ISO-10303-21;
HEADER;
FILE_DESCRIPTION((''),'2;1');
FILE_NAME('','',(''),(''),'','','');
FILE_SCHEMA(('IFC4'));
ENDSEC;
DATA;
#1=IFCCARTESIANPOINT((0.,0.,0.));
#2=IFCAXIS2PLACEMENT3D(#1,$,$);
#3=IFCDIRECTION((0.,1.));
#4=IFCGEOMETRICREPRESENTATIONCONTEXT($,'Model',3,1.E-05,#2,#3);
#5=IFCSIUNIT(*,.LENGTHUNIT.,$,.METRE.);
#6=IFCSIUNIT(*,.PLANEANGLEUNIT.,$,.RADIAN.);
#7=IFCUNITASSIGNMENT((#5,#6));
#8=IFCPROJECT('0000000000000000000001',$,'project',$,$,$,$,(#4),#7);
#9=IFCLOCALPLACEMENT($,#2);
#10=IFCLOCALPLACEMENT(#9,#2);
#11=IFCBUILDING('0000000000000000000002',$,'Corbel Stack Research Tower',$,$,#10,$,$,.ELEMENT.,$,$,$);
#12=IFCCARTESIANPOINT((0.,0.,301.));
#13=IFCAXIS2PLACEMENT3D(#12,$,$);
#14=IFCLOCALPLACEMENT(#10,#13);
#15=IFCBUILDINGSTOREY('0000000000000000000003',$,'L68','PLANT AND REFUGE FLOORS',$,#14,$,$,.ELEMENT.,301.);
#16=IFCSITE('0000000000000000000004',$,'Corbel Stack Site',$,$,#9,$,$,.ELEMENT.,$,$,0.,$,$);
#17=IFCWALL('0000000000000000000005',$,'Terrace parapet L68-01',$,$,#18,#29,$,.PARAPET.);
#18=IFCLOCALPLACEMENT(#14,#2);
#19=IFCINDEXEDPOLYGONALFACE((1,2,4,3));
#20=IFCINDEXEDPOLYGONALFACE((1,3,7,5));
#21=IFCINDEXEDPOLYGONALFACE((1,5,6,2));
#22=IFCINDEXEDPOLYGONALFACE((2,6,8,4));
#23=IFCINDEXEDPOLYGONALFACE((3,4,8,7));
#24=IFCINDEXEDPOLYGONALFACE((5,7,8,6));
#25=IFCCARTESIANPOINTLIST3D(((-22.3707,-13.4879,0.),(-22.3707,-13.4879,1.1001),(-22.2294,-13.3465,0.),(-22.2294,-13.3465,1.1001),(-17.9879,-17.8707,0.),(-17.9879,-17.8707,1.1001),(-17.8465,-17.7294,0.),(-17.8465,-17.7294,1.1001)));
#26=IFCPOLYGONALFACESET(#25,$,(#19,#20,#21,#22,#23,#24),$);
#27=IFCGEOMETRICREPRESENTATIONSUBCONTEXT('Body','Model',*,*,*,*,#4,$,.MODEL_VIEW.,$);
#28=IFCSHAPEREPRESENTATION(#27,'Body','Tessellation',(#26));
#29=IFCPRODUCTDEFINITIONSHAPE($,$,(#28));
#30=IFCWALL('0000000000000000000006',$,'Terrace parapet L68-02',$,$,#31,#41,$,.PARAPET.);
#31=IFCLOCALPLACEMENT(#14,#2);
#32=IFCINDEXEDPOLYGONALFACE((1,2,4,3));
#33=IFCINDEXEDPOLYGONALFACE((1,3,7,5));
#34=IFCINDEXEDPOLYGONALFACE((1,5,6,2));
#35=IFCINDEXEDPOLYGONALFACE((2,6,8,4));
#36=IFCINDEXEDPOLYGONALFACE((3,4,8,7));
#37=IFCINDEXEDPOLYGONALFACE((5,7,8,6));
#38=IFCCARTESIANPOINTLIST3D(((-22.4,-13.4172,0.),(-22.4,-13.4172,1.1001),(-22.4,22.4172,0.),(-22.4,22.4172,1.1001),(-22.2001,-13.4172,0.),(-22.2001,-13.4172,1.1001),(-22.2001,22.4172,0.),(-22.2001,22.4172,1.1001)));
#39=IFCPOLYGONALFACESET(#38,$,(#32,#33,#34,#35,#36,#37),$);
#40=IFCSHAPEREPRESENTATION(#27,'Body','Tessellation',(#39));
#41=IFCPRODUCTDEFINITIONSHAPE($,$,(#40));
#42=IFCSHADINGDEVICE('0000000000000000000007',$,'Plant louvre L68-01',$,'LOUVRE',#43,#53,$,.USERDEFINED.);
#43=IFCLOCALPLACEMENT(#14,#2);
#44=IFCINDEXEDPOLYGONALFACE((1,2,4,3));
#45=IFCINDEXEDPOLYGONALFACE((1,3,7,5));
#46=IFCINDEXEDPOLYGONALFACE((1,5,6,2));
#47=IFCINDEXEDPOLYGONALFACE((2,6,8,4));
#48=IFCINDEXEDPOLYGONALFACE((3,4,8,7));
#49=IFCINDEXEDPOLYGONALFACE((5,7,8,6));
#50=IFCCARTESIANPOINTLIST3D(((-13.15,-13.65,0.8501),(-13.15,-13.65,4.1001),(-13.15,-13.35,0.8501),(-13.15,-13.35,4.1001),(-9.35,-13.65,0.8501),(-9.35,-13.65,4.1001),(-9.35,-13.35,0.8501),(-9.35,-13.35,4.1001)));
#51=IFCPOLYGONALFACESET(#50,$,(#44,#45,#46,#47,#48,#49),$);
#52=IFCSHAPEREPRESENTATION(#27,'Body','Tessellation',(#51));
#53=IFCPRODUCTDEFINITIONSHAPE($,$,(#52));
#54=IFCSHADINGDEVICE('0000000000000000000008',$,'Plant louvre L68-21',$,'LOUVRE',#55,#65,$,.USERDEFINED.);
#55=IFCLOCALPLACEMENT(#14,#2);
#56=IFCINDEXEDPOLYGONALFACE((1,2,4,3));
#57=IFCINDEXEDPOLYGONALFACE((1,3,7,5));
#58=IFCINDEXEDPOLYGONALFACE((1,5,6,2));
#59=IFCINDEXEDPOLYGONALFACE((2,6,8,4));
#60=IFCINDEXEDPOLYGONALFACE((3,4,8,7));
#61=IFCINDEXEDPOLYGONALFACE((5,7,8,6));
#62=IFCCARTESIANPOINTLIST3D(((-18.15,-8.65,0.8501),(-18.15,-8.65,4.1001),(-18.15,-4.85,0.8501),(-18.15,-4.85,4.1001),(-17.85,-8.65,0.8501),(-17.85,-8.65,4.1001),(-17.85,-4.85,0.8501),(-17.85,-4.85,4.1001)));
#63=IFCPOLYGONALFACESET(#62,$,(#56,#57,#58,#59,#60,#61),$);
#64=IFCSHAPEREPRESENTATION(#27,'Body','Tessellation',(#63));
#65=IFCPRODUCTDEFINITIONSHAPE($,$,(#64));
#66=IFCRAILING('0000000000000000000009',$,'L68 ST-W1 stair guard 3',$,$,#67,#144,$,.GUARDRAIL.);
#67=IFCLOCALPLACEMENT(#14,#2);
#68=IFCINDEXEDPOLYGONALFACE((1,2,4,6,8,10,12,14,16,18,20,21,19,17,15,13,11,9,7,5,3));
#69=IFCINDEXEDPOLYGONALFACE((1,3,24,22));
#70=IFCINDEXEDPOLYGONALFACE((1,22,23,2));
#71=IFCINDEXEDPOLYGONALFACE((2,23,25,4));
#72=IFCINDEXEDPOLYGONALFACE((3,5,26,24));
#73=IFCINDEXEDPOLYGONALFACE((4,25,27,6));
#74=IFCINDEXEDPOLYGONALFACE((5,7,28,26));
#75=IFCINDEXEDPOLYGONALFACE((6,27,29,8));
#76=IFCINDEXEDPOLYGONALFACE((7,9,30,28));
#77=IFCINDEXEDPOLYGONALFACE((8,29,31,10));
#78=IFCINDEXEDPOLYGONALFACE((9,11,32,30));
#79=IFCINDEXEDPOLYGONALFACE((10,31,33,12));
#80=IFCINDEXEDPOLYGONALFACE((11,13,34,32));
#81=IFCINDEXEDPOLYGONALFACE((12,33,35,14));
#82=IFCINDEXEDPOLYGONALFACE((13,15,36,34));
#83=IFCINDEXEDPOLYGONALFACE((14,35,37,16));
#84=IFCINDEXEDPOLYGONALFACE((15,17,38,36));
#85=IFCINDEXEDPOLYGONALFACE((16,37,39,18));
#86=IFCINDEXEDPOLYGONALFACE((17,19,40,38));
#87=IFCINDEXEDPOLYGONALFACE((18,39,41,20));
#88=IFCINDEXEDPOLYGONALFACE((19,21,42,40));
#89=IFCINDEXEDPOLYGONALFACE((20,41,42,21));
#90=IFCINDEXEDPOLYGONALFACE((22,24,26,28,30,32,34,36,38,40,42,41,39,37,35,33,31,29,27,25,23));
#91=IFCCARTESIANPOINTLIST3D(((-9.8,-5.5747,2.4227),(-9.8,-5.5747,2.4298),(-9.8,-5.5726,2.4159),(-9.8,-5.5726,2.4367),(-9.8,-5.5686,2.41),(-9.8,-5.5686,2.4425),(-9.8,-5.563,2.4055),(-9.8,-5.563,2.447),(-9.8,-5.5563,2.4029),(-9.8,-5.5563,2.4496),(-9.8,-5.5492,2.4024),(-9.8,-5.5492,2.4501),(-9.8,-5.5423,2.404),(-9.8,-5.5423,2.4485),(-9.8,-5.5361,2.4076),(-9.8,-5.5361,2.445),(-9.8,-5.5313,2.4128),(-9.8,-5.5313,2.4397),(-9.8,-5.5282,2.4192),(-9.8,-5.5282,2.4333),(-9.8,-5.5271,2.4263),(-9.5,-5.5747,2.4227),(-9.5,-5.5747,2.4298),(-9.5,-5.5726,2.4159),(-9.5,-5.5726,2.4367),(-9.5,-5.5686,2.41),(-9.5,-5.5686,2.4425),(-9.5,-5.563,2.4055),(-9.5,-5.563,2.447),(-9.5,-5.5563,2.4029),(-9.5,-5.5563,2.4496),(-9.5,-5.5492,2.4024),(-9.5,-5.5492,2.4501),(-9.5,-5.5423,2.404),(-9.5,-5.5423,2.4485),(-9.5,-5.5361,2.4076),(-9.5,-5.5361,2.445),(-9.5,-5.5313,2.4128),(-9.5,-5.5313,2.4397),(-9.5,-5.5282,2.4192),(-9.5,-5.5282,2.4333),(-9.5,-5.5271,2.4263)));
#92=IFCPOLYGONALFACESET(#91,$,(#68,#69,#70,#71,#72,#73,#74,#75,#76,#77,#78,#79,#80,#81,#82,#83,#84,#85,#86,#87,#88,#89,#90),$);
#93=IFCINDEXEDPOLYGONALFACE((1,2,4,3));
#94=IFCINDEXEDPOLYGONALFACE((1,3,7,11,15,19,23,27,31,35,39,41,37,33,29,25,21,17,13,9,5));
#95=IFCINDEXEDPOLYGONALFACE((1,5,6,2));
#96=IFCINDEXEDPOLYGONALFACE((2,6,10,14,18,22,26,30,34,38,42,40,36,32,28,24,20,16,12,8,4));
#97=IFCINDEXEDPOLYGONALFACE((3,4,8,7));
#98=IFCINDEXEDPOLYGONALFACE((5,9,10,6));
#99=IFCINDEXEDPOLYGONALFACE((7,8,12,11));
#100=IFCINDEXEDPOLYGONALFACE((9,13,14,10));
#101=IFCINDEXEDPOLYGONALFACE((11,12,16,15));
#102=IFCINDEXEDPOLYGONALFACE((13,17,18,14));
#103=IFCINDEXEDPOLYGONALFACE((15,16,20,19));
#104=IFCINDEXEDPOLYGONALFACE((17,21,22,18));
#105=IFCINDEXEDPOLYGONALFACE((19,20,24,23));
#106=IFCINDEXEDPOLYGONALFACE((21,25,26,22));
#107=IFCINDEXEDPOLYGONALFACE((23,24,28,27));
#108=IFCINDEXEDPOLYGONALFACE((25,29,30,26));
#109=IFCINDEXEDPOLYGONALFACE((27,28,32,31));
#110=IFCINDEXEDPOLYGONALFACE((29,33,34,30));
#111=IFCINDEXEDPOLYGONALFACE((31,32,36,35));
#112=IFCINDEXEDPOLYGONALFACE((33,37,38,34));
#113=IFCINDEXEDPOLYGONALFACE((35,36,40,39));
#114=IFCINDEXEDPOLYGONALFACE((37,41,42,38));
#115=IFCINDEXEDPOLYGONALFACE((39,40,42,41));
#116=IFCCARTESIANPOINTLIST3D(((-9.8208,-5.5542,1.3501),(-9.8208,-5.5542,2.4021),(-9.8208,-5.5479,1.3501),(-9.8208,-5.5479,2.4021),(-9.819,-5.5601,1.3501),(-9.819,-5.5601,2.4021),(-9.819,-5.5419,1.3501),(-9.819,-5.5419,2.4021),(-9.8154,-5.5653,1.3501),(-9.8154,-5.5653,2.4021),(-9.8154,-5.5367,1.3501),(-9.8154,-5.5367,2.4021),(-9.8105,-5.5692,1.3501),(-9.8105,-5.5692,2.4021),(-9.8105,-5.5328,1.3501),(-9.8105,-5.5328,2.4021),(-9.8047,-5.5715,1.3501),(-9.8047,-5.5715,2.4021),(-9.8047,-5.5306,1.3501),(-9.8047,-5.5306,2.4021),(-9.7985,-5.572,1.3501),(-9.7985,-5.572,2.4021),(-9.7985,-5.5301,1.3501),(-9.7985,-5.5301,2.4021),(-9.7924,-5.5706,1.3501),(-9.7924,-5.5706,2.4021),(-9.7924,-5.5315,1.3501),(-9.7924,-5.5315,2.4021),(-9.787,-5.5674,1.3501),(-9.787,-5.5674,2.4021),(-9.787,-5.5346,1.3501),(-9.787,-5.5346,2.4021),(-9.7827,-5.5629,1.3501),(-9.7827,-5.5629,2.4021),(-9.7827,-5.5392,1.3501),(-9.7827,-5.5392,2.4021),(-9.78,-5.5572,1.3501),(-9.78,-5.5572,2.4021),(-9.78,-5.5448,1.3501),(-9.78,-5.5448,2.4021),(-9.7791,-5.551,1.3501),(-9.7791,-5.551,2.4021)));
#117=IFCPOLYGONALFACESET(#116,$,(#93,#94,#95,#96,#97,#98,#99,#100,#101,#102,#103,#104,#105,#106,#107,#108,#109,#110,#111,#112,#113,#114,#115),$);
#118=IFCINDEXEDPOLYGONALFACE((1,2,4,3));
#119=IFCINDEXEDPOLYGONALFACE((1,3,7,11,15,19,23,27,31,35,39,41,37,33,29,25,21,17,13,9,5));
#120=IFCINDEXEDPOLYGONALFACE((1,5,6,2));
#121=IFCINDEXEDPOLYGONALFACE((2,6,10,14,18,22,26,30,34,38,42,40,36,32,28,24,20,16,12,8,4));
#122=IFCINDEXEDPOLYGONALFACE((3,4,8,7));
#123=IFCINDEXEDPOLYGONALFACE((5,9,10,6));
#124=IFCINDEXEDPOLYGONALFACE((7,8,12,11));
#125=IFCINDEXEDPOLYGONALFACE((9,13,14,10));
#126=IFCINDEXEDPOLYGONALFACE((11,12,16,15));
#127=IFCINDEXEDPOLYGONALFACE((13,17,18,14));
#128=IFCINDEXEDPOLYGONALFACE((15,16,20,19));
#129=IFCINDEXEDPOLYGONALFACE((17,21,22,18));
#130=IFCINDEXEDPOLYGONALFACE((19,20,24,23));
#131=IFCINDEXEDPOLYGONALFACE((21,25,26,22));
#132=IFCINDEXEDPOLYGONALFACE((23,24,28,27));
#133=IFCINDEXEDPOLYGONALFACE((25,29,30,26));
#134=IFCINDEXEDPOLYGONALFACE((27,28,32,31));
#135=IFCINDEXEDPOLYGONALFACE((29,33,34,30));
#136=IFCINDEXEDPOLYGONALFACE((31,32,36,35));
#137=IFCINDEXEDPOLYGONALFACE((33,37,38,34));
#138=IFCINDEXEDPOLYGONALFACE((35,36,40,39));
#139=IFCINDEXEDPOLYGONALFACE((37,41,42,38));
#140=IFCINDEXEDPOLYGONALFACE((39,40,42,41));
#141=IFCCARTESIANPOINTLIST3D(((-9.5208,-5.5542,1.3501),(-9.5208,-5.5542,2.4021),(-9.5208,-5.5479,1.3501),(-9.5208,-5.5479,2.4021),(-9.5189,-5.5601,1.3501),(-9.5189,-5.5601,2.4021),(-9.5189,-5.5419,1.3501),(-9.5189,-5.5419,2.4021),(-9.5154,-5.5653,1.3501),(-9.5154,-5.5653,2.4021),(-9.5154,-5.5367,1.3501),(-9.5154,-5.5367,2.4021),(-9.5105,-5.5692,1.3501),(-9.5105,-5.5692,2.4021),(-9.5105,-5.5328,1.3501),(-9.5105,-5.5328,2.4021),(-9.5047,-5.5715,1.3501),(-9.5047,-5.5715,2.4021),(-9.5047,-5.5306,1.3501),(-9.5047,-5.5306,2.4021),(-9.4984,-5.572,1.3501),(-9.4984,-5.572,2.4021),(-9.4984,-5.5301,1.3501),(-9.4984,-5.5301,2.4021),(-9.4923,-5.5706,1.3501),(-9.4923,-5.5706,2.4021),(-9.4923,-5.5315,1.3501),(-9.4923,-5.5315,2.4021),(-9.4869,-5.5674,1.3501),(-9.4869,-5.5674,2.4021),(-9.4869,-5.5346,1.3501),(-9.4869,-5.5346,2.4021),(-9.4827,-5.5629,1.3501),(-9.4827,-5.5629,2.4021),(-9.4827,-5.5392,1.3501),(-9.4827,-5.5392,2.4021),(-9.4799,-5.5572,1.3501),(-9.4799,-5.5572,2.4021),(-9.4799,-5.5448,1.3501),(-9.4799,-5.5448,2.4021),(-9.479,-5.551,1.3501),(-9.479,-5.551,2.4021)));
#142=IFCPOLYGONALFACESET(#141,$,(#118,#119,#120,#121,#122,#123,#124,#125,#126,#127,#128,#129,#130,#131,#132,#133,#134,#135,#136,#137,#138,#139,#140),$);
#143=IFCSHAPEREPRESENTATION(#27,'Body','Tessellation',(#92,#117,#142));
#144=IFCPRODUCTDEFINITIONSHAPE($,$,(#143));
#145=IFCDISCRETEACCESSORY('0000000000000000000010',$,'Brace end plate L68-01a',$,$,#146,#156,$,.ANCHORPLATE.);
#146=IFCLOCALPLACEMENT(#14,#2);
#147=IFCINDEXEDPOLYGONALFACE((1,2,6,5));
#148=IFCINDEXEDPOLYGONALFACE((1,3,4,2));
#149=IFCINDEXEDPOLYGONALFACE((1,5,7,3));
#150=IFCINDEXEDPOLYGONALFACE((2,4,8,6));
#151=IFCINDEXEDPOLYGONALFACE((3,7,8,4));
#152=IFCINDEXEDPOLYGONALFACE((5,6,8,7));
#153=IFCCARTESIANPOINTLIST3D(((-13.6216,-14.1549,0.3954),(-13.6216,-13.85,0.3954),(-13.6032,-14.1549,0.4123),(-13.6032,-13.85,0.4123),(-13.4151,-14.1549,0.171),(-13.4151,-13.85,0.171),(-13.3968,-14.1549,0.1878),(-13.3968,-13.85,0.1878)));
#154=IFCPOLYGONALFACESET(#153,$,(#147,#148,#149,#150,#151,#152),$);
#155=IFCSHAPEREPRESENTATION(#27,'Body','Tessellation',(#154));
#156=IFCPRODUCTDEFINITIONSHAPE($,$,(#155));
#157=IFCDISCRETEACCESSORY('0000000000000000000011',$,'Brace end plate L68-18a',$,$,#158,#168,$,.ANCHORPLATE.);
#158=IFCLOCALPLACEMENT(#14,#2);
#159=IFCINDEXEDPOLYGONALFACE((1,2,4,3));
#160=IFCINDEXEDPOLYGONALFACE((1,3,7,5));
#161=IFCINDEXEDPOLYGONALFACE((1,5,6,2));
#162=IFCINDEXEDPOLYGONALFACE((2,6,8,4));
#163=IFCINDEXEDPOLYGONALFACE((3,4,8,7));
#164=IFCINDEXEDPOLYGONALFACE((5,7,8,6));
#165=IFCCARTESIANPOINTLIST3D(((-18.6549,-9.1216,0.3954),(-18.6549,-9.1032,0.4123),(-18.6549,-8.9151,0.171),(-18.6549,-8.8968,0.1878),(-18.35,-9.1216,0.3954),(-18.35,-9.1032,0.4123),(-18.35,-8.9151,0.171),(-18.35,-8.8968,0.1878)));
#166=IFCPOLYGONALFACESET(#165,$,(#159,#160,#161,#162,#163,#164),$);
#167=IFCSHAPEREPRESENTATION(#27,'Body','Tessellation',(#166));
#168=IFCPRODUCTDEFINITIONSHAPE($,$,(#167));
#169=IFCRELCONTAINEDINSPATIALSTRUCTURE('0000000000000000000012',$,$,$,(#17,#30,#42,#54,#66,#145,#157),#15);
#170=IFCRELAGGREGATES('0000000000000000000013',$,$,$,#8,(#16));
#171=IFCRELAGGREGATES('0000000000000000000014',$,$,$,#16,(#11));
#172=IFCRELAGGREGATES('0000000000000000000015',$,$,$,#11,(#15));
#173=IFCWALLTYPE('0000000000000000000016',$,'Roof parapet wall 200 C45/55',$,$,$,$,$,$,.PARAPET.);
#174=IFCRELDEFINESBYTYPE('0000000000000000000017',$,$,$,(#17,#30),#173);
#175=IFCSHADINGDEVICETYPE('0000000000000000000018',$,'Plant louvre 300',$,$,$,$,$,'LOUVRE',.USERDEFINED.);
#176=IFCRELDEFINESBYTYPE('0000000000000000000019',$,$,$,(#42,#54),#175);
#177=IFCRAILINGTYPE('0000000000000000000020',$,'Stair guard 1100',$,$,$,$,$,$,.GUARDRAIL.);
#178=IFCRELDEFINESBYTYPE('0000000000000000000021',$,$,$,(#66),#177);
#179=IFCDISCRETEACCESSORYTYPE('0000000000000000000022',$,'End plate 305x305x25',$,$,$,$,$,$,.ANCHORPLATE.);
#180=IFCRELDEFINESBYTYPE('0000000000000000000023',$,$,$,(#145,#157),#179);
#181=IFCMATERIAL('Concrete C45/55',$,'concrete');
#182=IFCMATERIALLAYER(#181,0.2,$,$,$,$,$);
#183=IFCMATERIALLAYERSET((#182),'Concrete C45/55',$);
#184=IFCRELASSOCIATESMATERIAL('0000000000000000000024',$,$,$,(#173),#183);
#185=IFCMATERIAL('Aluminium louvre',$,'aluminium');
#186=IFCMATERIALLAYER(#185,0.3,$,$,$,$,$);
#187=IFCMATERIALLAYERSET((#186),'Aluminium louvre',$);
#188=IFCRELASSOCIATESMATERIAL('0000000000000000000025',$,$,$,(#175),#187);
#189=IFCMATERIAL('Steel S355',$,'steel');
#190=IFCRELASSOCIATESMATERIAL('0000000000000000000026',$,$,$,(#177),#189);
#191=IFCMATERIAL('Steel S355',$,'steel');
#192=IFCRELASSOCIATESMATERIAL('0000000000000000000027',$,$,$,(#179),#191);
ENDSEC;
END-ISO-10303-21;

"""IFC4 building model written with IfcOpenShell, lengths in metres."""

from ifc_helpers import new_model, si_unit, direction, frame, frame_2d, origin, origin_2d, place, context, subcontext, project, spatial, rectangle, circle, extrude, material, layer, layer_set, material_profile, profile_set, type_object, element, save


model = new_model("IFC4")

# Units and contexts
model_context = context("Model", 3, precision=1e-05, world=origin(), true_north=direction((0.0, 1.0)))
body_context = subcontext(model_context, "Body", "Model", "MODEL_VIEW")
ifc_project = project(units=[si_unit("LENGTHUNIT", "METRE"), si_unit("PLANEANGLEUNIT", "RADIAN")], contexts=[model_context])

# Site, building, storey
site_placement = place(None, origin())
site = spatial("IfcSite", under=ifc_project, at=site_placement, Name="Corbel Stack Site", CompositionType="ELEMENT", RefElevation=0.0)
building_placement = place(site_placement, origin())
building = spatial("IfcBuilding", under=site, at=building_placement, Name="Corbel Stack Research Tower", CompositionType="ELEMENT")
storey_placement = place(building_placement, frame((0.0, 0.0, 301.0)))
storey = spatial("IfcBuildingStorey", under=building, at=storey_placement, Name="L68", Description="PLANT AND REFUGE FLOORS", CompositionType="ELEMENT", Elevation=301.0)

# Walls
ifc_material_1 = material(Name="Concrete C45/55", Category="concrete")
ifc_layer_1 = layer(ifc_material_1, 0.2)
ifc_layer_set_1 = layer_set([ifc_layer_1], Name="Concrete C45/55")
wall_type_1 = type_object("IfcWallType", Name="Roof parapet wall 200 C45/55", PredefinedType="PARAPET", material=ifc_layer_set_1)
wall_1_placement = place(storey_placement, frame((-17.9172, -17.8, 0.0), z_axis=(0.0, 0.0, 1.0), x_axis=(-0.707107, 0.707107, 0.0)))
element("IfcWall", 1, at=wall_1_placement, inside=storey, type_object=wall_type_1, Name="Terrace parapet L68-01", PredefinedType="PARAPET", context=body_context, shape_type="SweptSolid", body=[
    extrude(rectangle(XDim=6.1982, YDim=0.2, at=frame_2d((3.0991, 0.0))), origin(), (0.0, 0.0, 1.0), 1.1001),
])
wall_2_placement = place(storey_placement, frame((-22.3, -13.4172, 0.0), z_axis=(0.0, 0.0, 1.0), x_axis=(0.0, 1.0, 0.0)))
element("IfcWall", 2, at=wall_2_placement, inside=storey, type_object=wall_type_1, Name="Terrace parapet L68-02", PredefinedType="PARAPET", context=body_context, shape_type="SweptSolid", body=[
    extrude(rectangle(XDim=35.8345, YDim=0.2, at=frame_2d((17.9172, 0.0))), origin(), (0.0, 0.0, 1.0), 1.1001),
])

# Shading devices
ifc_material_2 = material(Name="Aluminium louvre", Category="aluminium")
ifc_layer_2 = layer(ifc_material_2, 0.3)
ifc_layer_set_2 = layer_set([ifc_layer_2], Name="Aluminium louvre")
shading_device_type = type_object("IfcShadingDeviceType", Name="Plant louvre 300", ElementType="LOUVRE", PredefinedType="USERDEFINED", material=ifc_layer_set_2)
for number, where, z_axis, x_axis, name in (
    (3, (-11.25, -13.5, 0.8501), (0.0, 0.0, 1.0), (1.0, 0.0, 0.0), "Plant louvre L68-01"),
    (4, (-18.0, -6.75, 0.8501), (0.0, 0.0, 1.0), (0.0, -1.0, 0.0), "Plant louvre L68-21"),
):
    element("IfcShadingDevice", number, at=place(storey_placement, frame(where, z_axis=z_axis, x_axis=x_axis)), inside=storey, type_object=shading_device_type, Name=name, ObjectType="LOUVRE", PredefinedType="USERDEFINED", context=body_context, shape_type="SweptSolid", body=[
        extrude(rectangle(XDim=3.8, YDim=0.3, at=origin_2d()), origin(), (0.0, 0.0, 1.0), 3.25),
    ])

# Railing
ifc_material_3 = material(Name="Steel S355", Category="steel")
railing_type = type_object("IfcRailingType", Name="Stair guard 1100", PredefinedType="GUARDRAIL", material=ifc_material_3)
railing_placement = place(storey_placement, frame((-9.8, -5.551, 1.3501)))
element("IfcRailing", 5, at=railing_placement, inside=storey, type_object=railing_type, Name="L68 ST-W1 stair guard 3", PredefinedType="GUARDRAIL", context=body_context, shape_type="SweptSolid", body=[
    extrude(circle(Radius=0.0239, at=origin_2d()), frame((0.0, 0.0, 1.0762), z_axis=(1.0, 0.0, 0.0), x_axis=(0.0, 1.0, 0.0)), (0.0, 0.0, 1.0), 0.3),
    extrude(circle(Radius=0.021, at=origin_2d()), origin(), (0.0, 0.0, 1.0), 1.052),
    extrude(circle(Radius=0.021, at=origin_2d()), frame((0.3, 0.0, 0.0)), (0.0, 0.0, 1.0), 1.052),
])

# Discrete accessories
ifc_material_4 = material(Name="Steel S355", Category="steel")
ifc_material_profile_1 = material_profile(ifc_material_4, rectangle(XDim=0.3049, YDim=0.3049, at=origin_2d()), Name="End plate 305x305x25")
ifc_profile_set_1 = profile_set([ifc_material_profile_1], Name="Steel S355")
discrete_accessory_type = type_object("IfcDiscreteAccessoryType", Name="End plate 305x305x25", PredefinedType="ANCHORPLATE", material=ifc_profile_set_1)
for number, where, z_axis, x_axis, name in (
    (6, (-13.5, -14.0024, 0.3), (-0.735931, 0.0, -0.677057), (0.0, -1.0, 0.0), "Brace end plate L68-01a"),
    (7, (-18.5024, -9.0, 0.3), (0.0, -0.735931, -0.677057), (1.0, 0.0, 0.0), "Brace end plate L68-18a"),
):
    element("IfcDiscreteAccessory", number, at=place(storey_placement, frame(where, z_axis=z_axis, x_axis=x_axis)), inside=storey, type_object=discrete_accessory_type, Name=name, PredefinedType="ANCHORPLATE", context=body_context, shape_type="SweptSolid", body=[
        extrude(rectangle(XDim=0.3049, YDim=0.3049, at=origin_2d()), origin(), (0.0, 0.0, 1.0), 0.0249),
    ])

save(model, "model.ifc")
